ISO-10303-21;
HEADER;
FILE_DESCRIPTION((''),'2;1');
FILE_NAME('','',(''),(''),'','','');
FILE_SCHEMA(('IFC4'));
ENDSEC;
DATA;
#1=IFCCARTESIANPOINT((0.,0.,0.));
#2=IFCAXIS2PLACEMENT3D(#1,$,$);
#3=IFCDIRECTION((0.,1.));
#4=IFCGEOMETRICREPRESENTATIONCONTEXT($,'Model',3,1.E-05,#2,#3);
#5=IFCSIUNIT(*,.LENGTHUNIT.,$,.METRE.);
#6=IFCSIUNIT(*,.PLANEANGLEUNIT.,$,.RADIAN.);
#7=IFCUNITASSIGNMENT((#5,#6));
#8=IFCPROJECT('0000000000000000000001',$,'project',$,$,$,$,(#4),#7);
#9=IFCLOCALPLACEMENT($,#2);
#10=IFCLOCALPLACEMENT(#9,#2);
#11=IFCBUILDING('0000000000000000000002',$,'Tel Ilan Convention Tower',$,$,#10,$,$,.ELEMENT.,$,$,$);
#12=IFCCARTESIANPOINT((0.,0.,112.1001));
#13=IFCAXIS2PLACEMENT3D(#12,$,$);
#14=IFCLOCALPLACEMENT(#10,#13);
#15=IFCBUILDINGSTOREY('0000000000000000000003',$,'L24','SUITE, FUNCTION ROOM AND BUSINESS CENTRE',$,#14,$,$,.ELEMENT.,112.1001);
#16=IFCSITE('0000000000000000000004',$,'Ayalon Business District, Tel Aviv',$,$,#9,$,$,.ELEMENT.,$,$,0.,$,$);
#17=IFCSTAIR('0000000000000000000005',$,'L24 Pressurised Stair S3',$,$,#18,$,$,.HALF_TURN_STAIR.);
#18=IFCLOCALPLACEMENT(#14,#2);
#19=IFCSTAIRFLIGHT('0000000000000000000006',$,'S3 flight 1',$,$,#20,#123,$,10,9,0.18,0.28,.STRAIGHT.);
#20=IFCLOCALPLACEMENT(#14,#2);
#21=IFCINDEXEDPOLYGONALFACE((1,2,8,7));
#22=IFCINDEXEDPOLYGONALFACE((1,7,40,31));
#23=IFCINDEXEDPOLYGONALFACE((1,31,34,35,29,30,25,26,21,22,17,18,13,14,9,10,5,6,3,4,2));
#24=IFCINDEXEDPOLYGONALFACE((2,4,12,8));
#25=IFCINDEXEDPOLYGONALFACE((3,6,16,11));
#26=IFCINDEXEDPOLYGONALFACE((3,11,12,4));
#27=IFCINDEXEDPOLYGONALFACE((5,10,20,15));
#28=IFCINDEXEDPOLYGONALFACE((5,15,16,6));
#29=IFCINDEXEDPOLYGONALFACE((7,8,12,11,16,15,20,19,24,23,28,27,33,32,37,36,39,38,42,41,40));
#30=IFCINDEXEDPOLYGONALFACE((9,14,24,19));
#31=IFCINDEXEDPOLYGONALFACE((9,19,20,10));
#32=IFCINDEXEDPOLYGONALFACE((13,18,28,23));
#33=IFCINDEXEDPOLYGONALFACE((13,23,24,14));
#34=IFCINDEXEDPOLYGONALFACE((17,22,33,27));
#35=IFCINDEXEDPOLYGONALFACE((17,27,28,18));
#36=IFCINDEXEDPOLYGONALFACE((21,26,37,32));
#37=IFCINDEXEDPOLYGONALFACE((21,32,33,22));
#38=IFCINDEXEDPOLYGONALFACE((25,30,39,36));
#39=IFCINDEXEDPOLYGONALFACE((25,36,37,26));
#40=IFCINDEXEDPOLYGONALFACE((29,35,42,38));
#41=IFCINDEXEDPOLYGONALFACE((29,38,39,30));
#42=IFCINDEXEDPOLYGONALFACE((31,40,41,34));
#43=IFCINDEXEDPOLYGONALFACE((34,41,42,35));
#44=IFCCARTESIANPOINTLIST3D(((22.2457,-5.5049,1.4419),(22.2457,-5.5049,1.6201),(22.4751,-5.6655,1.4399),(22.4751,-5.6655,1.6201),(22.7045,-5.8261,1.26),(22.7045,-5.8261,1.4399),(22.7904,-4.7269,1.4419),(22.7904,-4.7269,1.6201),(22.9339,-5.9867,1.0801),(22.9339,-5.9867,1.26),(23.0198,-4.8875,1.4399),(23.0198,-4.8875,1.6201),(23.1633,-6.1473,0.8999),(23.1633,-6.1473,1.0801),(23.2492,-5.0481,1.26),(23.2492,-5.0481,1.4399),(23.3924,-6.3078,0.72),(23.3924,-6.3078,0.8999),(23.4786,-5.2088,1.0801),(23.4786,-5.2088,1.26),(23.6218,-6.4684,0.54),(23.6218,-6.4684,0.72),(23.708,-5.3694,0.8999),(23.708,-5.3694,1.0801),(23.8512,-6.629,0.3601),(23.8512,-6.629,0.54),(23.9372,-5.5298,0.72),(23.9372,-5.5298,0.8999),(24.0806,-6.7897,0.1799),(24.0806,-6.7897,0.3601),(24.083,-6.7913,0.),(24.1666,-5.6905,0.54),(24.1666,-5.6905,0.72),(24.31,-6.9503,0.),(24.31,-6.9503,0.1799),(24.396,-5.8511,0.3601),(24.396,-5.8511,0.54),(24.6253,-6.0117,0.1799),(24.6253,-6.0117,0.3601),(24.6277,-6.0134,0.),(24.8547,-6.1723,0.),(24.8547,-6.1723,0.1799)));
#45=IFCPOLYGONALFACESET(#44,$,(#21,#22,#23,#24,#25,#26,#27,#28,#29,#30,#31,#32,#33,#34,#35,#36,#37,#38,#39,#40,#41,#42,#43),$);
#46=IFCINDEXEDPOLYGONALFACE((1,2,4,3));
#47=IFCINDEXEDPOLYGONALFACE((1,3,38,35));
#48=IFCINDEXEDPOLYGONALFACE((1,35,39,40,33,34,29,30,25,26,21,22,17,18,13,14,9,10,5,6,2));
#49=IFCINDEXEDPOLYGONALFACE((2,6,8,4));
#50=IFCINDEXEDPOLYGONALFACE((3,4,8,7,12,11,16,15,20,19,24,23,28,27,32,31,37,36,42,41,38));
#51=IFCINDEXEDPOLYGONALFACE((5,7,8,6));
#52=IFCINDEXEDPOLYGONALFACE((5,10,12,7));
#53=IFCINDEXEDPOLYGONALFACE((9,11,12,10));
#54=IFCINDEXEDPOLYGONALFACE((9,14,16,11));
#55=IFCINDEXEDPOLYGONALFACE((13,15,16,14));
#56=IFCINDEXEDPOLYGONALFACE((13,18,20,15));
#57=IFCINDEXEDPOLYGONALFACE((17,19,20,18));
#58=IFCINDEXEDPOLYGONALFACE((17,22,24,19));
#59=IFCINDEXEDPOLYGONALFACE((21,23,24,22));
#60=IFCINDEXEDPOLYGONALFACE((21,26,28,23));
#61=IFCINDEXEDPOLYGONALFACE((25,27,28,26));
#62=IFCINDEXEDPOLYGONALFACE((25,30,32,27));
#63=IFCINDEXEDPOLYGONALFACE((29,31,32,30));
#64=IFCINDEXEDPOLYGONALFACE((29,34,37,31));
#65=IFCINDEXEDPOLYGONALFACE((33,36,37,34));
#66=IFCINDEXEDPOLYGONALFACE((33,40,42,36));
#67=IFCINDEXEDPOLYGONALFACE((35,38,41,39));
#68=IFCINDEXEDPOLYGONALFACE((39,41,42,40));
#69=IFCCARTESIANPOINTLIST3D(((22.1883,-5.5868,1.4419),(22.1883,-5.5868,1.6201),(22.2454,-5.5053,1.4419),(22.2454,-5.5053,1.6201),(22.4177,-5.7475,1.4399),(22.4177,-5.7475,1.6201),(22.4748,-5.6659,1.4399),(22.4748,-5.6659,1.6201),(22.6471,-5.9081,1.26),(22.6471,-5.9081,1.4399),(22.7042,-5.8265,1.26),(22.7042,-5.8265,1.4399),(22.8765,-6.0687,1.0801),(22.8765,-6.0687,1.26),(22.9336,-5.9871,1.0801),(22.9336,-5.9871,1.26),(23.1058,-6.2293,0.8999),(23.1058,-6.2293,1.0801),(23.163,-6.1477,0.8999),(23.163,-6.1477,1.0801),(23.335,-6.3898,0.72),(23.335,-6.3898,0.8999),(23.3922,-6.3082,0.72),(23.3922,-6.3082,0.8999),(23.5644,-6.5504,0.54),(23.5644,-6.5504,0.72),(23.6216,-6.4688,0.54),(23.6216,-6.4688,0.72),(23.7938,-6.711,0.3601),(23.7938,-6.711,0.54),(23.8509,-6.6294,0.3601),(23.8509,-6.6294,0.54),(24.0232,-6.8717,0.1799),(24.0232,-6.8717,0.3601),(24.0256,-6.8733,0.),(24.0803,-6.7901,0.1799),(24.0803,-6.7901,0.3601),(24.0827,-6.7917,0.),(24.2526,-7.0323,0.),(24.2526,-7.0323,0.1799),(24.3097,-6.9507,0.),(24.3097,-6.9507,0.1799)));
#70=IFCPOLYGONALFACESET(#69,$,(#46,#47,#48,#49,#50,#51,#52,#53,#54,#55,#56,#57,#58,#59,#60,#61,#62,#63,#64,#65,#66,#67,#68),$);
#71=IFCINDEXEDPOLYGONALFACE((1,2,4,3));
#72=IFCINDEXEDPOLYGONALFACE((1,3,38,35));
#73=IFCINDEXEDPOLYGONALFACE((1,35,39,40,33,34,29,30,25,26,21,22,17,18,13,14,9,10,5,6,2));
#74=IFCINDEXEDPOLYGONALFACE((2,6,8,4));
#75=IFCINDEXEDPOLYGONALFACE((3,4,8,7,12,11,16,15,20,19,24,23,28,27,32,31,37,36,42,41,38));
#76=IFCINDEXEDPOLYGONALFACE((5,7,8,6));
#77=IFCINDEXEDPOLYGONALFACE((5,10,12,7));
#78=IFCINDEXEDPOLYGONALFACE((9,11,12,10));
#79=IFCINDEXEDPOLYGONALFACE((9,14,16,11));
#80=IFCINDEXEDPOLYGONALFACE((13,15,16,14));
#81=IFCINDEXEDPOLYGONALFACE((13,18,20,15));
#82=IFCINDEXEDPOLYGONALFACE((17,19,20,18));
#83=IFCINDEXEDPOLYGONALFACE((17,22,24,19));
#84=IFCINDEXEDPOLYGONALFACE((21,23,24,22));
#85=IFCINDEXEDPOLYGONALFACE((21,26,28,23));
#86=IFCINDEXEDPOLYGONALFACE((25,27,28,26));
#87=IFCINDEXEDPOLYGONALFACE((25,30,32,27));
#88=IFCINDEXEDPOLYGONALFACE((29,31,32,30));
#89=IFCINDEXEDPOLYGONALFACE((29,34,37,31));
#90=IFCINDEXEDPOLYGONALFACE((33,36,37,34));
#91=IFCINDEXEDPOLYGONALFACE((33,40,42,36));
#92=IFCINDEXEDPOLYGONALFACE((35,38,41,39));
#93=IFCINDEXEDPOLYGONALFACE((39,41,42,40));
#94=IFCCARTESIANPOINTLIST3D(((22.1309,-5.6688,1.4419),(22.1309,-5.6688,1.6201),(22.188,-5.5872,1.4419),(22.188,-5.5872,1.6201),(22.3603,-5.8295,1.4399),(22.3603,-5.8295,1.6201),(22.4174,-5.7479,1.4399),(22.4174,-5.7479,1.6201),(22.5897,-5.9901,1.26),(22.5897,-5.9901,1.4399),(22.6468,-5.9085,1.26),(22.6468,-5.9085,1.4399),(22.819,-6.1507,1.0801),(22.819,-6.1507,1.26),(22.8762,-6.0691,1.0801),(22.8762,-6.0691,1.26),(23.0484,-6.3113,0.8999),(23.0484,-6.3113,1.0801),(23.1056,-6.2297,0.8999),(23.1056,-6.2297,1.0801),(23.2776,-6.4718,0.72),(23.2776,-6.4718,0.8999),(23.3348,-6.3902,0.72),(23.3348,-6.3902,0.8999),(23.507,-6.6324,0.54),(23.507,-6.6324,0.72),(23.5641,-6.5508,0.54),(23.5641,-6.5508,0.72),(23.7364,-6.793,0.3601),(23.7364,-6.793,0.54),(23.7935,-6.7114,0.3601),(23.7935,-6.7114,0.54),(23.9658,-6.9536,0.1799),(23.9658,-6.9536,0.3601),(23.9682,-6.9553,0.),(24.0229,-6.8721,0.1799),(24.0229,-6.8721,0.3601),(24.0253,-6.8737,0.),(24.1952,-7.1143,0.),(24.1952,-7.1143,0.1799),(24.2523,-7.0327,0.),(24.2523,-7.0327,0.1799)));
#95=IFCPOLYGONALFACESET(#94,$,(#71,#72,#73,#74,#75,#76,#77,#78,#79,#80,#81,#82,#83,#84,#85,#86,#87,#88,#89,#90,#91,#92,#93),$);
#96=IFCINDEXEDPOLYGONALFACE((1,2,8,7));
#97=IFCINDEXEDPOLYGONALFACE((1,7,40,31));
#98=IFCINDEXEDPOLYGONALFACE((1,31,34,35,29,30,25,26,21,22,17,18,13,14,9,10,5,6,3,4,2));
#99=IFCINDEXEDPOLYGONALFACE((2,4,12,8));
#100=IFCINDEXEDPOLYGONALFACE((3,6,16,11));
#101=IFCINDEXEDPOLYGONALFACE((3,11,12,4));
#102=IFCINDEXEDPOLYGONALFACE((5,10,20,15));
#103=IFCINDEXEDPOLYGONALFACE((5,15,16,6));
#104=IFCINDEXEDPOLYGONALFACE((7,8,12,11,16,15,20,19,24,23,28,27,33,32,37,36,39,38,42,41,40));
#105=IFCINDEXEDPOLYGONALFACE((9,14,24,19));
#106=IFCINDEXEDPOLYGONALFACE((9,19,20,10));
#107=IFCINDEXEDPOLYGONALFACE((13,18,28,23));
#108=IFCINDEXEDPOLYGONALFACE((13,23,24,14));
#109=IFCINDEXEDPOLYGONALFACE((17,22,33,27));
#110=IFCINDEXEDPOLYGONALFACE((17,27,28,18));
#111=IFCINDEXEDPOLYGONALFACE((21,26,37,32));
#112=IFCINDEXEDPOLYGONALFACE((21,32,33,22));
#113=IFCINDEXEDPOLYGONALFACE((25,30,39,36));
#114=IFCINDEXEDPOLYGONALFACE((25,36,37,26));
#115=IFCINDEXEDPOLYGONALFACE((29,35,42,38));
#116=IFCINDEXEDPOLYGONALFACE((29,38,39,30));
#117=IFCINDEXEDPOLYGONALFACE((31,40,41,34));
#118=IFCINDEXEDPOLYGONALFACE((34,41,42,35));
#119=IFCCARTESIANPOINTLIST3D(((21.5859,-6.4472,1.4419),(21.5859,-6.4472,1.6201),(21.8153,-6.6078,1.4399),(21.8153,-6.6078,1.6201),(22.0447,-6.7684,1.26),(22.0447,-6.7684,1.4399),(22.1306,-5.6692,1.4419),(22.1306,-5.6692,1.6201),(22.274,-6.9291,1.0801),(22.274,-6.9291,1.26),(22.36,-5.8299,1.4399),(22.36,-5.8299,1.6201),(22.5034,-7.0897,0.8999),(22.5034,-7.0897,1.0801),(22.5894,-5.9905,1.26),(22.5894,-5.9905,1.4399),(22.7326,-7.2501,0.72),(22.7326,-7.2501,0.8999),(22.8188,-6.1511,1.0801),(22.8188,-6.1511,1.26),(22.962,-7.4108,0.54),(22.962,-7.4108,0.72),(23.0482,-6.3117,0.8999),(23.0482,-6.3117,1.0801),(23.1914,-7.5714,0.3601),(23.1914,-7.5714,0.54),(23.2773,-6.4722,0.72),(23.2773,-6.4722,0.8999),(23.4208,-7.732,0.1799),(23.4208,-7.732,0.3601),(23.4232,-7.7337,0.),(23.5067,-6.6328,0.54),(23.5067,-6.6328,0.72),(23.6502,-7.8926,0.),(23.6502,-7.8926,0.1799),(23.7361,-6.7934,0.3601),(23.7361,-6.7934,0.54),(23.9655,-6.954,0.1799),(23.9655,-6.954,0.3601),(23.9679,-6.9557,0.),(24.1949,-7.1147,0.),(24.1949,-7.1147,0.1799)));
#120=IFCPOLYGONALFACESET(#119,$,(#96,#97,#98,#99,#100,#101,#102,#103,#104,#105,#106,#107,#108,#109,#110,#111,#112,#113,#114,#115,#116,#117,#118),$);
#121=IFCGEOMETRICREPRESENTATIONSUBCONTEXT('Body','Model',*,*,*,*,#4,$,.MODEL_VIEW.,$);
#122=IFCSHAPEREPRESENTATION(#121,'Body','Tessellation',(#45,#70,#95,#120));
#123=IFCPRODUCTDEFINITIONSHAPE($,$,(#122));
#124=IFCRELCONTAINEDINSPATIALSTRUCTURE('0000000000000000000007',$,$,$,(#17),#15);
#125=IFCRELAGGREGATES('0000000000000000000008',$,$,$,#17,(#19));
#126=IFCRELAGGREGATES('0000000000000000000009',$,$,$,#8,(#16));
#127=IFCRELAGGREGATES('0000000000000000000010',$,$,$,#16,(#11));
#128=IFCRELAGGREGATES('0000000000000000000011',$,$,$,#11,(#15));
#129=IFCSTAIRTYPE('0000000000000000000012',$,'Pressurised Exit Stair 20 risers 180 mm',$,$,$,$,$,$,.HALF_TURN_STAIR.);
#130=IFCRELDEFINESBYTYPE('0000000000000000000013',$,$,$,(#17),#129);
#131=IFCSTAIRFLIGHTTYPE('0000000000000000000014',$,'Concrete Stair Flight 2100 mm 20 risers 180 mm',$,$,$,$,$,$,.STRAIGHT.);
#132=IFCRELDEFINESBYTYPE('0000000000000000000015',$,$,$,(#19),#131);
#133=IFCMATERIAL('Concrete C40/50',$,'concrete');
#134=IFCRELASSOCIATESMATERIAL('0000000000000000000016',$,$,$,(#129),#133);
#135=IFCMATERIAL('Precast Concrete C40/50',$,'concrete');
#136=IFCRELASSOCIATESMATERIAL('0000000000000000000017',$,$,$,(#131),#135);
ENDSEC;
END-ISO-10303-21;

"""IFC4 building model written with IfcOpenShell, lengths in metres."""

from ifc_helpers import new_model, si_unit, direction, frame, origin, place, context, subcontext, project, spatial, polyline, outline, extrude, material, type_object, element, aggregate, save


model = new_model("IFC4")

# Units and contexts
model_context = context("Model", 3, precision=1e-05, world=origin(), true_north=direction((0.0, 1.0)))
body_context = subcontext(model_context, "Body", "Model", "MODEL_VIEW")
ifc_project = project(units=[si_unit("LENGTHUNIT", "METRE"), si_unit("PLANEANGLEUNIT", "RADIAN")], contexts=[model_context])

# Site, building, storey
site_placement = place(None, origin())
site = spatial("IfcSite", under=ifc_project, at=site_placement, Name="Ayalon Business District, Tel Aviv", CompositionType="ELEMENT", RefElevation=0.0)
building_placement = place(site_placement, origin())
building = spatial("IfcBuilding", under=site, at=building_placement, Name="Tel Ilan Convention Tower", CompositionType="ELEMENT")
storey_placement = place(building_placement, frame((0.0, 0.0, 112.1001)))
storey = spatial("IfcBuildingStorey", under=building, at=storey_placement, Name="L24", Description="SUITE, FUNCTION ROOM AND BUSINESS CENTRE", CompositionType="ELEMENT", Elevation=112.1001)

# Stair, stair flight
ifc_material_1 = material(Name="Concrete C40/50", Category="concrete")
stair_type = type_object("IfcStairType", Name="Pressurised Exit Stair 20 risers 180 mm", PredefinedType="HALF_TURN_STAIR", material=ifc_material_1)
stair_1_placement = place(storey_placement, origin())
stair_1 = element("IfcStair", 1, at=stair_1_placement, inside=storey, type_object=stair_type, Name="L24 Pressurised Stair S3", PredefinedType="HALF_TURN_STAIR")
ifc_material_2 = material(Name="Precast Concrete C40/50", Category="concrete")
stair_flight_type = type_object("IfcStairFlightType", Name="Concrete Stair Flight 2100 mm 20 risers 180 mm", PredefinedType="STRAIGHT", material=ifc_material_2)
stair_flight_1_placement = place(storey_placement, frame((24.2524, -7.0325, 0.0), z_axis=(0.0, 0.0, 1.0), x_axis=(-0.819152, 0.573576, 0.0)))
stair_flight_1 = element("IfcStairFlight", 2, at=stair_flight_1_placement, type_object=stair_flight_type, Name="S3 flight 1", NumberOfRisers=10, NumberOfTreads=9, PredefinedType="STRAIGHT", RiserHeight=0.18, TreadLength=0.28, context=body_context, shape_type="SweptSolid", body=[
    extrude(outline(polyline([(0.0, 0.0), (0.0, 0.1799), (0.28, 0.1799), (0.28, 0.3601), (0.5601, 0.3601), (0.5601, 0.54), (0.8401, 0.54), (0.8401, 0.72), (1.1201, 0.72), (1.1201, 0.8999), (1.3999, 0.8999), (1.3999, 1.0801), (1.6799, 1.0801), (1.6799, 1.26), (1.96, 1.26), (1.96, 1.4399), (2.24, 1.4399), (2.24, 1.6201), (2.52, 1.6201), (2.52, 1.8), (2.52, 1.4419), (0.2771, 0.0), (0.0, 0.0)])), frame((0.0, -0.1003, 0.0), z_axis=(0.0, -1.0, 0.0), x_axis=(1.0, 0.0, 0.0)), (0.0, 0.0, 1.0), 0.9497),
    extrude(outline(polyline([(0.0, 0.0), (0.0, 0.1799), (0.28, 0.1799), (0.28, 0.3601), (0.5601, 0.3601), (0.5601, 0.54), (0.8401, 0.54), (0.8401, 0.72), (1.1201, 0.72), (1.1201, 0.8999), (1.3999, 0.8999), (1.3999, 1.0801), (1.6799, 1.0801), (1.6799, 1.26), (1.96, 1.26), (1.96, 1.4399), (2.24, 1.4399), (2.24, 1.6201), (2.52, 1.6201), (2.52, 1.8), (2.52, 1.4419), (0.2771, 0.0), (0.0, 0.0)])), frame((0.0, -0.0002, 0.0), z_axis=(0.0, -1.0, 0.0), x_axis=(1.0, 0.0, 0.0)), (0.0, 0.0, 1.0), 0.0996),
    extrude(outline(polyline([(0.0, 0.0), (0.0, 0.1799), (0.28, 0.1799), (0.28, 0.3601), (0.5601, 0.3601), (0.5601, 0.54), (0.8401, 0.54), (0.8401, 0.72), (1.1201, 0.72), (1.1201, 0.8999), (1.3999, 0.8999), (1.3999, 1.0801), (1.6799, 1.0801), (1.6799, 1.26), (1.96, 1.26), (1.96, 1.4399), (2.24, 1.4399), (2.24, 1.6201), (2.52, 1.6201), (2.52, 1.8), (2.52, 1.4419), (0.2771, 0.0), (0.0, 0.0)])), frame((0.0, 0.0999, 0.0), z_axis=(0.0, -1.0, 0.0), x_axis=(1.0, 0.0, 0.0)), (0.0, 0.0, 1.0), 0.0996),
    extrude(outline(polyline([(0.0, 0.0), (0.0, 0.1799), (0.28, 0.1799), (0.28, 0.3601), (0.5601, 0.3601), (0.5601, 0.54), (0.8401, 0.54), (0.8401, 0.72), (1.1201, 0.72), (1.1201, 0.8999), (1.3999, 0.8999), (1.3999, 1.0801), (1.6799, 1.0801), (1.6799, 1.26), (1.96, 1.26), (1.96, 1.4399), (2.24, 1.4399), (2.24, 1.6201), (2.52, 1.6201), (2.52, 1.8), (2.52, 1.4419), (0.2771, 0.0), (0.0, 0.0)])), frame((0.0, 1.05, 0.0), z_axis=(0.0, -1.0, 0.0), x_axis=(1.0, 0.0, 0.0)), (0.0, 0.0, 1.0), 0.9497),
])
aggregate(stair_1, [stair_flight_1])

save(model, "model.ifc")
